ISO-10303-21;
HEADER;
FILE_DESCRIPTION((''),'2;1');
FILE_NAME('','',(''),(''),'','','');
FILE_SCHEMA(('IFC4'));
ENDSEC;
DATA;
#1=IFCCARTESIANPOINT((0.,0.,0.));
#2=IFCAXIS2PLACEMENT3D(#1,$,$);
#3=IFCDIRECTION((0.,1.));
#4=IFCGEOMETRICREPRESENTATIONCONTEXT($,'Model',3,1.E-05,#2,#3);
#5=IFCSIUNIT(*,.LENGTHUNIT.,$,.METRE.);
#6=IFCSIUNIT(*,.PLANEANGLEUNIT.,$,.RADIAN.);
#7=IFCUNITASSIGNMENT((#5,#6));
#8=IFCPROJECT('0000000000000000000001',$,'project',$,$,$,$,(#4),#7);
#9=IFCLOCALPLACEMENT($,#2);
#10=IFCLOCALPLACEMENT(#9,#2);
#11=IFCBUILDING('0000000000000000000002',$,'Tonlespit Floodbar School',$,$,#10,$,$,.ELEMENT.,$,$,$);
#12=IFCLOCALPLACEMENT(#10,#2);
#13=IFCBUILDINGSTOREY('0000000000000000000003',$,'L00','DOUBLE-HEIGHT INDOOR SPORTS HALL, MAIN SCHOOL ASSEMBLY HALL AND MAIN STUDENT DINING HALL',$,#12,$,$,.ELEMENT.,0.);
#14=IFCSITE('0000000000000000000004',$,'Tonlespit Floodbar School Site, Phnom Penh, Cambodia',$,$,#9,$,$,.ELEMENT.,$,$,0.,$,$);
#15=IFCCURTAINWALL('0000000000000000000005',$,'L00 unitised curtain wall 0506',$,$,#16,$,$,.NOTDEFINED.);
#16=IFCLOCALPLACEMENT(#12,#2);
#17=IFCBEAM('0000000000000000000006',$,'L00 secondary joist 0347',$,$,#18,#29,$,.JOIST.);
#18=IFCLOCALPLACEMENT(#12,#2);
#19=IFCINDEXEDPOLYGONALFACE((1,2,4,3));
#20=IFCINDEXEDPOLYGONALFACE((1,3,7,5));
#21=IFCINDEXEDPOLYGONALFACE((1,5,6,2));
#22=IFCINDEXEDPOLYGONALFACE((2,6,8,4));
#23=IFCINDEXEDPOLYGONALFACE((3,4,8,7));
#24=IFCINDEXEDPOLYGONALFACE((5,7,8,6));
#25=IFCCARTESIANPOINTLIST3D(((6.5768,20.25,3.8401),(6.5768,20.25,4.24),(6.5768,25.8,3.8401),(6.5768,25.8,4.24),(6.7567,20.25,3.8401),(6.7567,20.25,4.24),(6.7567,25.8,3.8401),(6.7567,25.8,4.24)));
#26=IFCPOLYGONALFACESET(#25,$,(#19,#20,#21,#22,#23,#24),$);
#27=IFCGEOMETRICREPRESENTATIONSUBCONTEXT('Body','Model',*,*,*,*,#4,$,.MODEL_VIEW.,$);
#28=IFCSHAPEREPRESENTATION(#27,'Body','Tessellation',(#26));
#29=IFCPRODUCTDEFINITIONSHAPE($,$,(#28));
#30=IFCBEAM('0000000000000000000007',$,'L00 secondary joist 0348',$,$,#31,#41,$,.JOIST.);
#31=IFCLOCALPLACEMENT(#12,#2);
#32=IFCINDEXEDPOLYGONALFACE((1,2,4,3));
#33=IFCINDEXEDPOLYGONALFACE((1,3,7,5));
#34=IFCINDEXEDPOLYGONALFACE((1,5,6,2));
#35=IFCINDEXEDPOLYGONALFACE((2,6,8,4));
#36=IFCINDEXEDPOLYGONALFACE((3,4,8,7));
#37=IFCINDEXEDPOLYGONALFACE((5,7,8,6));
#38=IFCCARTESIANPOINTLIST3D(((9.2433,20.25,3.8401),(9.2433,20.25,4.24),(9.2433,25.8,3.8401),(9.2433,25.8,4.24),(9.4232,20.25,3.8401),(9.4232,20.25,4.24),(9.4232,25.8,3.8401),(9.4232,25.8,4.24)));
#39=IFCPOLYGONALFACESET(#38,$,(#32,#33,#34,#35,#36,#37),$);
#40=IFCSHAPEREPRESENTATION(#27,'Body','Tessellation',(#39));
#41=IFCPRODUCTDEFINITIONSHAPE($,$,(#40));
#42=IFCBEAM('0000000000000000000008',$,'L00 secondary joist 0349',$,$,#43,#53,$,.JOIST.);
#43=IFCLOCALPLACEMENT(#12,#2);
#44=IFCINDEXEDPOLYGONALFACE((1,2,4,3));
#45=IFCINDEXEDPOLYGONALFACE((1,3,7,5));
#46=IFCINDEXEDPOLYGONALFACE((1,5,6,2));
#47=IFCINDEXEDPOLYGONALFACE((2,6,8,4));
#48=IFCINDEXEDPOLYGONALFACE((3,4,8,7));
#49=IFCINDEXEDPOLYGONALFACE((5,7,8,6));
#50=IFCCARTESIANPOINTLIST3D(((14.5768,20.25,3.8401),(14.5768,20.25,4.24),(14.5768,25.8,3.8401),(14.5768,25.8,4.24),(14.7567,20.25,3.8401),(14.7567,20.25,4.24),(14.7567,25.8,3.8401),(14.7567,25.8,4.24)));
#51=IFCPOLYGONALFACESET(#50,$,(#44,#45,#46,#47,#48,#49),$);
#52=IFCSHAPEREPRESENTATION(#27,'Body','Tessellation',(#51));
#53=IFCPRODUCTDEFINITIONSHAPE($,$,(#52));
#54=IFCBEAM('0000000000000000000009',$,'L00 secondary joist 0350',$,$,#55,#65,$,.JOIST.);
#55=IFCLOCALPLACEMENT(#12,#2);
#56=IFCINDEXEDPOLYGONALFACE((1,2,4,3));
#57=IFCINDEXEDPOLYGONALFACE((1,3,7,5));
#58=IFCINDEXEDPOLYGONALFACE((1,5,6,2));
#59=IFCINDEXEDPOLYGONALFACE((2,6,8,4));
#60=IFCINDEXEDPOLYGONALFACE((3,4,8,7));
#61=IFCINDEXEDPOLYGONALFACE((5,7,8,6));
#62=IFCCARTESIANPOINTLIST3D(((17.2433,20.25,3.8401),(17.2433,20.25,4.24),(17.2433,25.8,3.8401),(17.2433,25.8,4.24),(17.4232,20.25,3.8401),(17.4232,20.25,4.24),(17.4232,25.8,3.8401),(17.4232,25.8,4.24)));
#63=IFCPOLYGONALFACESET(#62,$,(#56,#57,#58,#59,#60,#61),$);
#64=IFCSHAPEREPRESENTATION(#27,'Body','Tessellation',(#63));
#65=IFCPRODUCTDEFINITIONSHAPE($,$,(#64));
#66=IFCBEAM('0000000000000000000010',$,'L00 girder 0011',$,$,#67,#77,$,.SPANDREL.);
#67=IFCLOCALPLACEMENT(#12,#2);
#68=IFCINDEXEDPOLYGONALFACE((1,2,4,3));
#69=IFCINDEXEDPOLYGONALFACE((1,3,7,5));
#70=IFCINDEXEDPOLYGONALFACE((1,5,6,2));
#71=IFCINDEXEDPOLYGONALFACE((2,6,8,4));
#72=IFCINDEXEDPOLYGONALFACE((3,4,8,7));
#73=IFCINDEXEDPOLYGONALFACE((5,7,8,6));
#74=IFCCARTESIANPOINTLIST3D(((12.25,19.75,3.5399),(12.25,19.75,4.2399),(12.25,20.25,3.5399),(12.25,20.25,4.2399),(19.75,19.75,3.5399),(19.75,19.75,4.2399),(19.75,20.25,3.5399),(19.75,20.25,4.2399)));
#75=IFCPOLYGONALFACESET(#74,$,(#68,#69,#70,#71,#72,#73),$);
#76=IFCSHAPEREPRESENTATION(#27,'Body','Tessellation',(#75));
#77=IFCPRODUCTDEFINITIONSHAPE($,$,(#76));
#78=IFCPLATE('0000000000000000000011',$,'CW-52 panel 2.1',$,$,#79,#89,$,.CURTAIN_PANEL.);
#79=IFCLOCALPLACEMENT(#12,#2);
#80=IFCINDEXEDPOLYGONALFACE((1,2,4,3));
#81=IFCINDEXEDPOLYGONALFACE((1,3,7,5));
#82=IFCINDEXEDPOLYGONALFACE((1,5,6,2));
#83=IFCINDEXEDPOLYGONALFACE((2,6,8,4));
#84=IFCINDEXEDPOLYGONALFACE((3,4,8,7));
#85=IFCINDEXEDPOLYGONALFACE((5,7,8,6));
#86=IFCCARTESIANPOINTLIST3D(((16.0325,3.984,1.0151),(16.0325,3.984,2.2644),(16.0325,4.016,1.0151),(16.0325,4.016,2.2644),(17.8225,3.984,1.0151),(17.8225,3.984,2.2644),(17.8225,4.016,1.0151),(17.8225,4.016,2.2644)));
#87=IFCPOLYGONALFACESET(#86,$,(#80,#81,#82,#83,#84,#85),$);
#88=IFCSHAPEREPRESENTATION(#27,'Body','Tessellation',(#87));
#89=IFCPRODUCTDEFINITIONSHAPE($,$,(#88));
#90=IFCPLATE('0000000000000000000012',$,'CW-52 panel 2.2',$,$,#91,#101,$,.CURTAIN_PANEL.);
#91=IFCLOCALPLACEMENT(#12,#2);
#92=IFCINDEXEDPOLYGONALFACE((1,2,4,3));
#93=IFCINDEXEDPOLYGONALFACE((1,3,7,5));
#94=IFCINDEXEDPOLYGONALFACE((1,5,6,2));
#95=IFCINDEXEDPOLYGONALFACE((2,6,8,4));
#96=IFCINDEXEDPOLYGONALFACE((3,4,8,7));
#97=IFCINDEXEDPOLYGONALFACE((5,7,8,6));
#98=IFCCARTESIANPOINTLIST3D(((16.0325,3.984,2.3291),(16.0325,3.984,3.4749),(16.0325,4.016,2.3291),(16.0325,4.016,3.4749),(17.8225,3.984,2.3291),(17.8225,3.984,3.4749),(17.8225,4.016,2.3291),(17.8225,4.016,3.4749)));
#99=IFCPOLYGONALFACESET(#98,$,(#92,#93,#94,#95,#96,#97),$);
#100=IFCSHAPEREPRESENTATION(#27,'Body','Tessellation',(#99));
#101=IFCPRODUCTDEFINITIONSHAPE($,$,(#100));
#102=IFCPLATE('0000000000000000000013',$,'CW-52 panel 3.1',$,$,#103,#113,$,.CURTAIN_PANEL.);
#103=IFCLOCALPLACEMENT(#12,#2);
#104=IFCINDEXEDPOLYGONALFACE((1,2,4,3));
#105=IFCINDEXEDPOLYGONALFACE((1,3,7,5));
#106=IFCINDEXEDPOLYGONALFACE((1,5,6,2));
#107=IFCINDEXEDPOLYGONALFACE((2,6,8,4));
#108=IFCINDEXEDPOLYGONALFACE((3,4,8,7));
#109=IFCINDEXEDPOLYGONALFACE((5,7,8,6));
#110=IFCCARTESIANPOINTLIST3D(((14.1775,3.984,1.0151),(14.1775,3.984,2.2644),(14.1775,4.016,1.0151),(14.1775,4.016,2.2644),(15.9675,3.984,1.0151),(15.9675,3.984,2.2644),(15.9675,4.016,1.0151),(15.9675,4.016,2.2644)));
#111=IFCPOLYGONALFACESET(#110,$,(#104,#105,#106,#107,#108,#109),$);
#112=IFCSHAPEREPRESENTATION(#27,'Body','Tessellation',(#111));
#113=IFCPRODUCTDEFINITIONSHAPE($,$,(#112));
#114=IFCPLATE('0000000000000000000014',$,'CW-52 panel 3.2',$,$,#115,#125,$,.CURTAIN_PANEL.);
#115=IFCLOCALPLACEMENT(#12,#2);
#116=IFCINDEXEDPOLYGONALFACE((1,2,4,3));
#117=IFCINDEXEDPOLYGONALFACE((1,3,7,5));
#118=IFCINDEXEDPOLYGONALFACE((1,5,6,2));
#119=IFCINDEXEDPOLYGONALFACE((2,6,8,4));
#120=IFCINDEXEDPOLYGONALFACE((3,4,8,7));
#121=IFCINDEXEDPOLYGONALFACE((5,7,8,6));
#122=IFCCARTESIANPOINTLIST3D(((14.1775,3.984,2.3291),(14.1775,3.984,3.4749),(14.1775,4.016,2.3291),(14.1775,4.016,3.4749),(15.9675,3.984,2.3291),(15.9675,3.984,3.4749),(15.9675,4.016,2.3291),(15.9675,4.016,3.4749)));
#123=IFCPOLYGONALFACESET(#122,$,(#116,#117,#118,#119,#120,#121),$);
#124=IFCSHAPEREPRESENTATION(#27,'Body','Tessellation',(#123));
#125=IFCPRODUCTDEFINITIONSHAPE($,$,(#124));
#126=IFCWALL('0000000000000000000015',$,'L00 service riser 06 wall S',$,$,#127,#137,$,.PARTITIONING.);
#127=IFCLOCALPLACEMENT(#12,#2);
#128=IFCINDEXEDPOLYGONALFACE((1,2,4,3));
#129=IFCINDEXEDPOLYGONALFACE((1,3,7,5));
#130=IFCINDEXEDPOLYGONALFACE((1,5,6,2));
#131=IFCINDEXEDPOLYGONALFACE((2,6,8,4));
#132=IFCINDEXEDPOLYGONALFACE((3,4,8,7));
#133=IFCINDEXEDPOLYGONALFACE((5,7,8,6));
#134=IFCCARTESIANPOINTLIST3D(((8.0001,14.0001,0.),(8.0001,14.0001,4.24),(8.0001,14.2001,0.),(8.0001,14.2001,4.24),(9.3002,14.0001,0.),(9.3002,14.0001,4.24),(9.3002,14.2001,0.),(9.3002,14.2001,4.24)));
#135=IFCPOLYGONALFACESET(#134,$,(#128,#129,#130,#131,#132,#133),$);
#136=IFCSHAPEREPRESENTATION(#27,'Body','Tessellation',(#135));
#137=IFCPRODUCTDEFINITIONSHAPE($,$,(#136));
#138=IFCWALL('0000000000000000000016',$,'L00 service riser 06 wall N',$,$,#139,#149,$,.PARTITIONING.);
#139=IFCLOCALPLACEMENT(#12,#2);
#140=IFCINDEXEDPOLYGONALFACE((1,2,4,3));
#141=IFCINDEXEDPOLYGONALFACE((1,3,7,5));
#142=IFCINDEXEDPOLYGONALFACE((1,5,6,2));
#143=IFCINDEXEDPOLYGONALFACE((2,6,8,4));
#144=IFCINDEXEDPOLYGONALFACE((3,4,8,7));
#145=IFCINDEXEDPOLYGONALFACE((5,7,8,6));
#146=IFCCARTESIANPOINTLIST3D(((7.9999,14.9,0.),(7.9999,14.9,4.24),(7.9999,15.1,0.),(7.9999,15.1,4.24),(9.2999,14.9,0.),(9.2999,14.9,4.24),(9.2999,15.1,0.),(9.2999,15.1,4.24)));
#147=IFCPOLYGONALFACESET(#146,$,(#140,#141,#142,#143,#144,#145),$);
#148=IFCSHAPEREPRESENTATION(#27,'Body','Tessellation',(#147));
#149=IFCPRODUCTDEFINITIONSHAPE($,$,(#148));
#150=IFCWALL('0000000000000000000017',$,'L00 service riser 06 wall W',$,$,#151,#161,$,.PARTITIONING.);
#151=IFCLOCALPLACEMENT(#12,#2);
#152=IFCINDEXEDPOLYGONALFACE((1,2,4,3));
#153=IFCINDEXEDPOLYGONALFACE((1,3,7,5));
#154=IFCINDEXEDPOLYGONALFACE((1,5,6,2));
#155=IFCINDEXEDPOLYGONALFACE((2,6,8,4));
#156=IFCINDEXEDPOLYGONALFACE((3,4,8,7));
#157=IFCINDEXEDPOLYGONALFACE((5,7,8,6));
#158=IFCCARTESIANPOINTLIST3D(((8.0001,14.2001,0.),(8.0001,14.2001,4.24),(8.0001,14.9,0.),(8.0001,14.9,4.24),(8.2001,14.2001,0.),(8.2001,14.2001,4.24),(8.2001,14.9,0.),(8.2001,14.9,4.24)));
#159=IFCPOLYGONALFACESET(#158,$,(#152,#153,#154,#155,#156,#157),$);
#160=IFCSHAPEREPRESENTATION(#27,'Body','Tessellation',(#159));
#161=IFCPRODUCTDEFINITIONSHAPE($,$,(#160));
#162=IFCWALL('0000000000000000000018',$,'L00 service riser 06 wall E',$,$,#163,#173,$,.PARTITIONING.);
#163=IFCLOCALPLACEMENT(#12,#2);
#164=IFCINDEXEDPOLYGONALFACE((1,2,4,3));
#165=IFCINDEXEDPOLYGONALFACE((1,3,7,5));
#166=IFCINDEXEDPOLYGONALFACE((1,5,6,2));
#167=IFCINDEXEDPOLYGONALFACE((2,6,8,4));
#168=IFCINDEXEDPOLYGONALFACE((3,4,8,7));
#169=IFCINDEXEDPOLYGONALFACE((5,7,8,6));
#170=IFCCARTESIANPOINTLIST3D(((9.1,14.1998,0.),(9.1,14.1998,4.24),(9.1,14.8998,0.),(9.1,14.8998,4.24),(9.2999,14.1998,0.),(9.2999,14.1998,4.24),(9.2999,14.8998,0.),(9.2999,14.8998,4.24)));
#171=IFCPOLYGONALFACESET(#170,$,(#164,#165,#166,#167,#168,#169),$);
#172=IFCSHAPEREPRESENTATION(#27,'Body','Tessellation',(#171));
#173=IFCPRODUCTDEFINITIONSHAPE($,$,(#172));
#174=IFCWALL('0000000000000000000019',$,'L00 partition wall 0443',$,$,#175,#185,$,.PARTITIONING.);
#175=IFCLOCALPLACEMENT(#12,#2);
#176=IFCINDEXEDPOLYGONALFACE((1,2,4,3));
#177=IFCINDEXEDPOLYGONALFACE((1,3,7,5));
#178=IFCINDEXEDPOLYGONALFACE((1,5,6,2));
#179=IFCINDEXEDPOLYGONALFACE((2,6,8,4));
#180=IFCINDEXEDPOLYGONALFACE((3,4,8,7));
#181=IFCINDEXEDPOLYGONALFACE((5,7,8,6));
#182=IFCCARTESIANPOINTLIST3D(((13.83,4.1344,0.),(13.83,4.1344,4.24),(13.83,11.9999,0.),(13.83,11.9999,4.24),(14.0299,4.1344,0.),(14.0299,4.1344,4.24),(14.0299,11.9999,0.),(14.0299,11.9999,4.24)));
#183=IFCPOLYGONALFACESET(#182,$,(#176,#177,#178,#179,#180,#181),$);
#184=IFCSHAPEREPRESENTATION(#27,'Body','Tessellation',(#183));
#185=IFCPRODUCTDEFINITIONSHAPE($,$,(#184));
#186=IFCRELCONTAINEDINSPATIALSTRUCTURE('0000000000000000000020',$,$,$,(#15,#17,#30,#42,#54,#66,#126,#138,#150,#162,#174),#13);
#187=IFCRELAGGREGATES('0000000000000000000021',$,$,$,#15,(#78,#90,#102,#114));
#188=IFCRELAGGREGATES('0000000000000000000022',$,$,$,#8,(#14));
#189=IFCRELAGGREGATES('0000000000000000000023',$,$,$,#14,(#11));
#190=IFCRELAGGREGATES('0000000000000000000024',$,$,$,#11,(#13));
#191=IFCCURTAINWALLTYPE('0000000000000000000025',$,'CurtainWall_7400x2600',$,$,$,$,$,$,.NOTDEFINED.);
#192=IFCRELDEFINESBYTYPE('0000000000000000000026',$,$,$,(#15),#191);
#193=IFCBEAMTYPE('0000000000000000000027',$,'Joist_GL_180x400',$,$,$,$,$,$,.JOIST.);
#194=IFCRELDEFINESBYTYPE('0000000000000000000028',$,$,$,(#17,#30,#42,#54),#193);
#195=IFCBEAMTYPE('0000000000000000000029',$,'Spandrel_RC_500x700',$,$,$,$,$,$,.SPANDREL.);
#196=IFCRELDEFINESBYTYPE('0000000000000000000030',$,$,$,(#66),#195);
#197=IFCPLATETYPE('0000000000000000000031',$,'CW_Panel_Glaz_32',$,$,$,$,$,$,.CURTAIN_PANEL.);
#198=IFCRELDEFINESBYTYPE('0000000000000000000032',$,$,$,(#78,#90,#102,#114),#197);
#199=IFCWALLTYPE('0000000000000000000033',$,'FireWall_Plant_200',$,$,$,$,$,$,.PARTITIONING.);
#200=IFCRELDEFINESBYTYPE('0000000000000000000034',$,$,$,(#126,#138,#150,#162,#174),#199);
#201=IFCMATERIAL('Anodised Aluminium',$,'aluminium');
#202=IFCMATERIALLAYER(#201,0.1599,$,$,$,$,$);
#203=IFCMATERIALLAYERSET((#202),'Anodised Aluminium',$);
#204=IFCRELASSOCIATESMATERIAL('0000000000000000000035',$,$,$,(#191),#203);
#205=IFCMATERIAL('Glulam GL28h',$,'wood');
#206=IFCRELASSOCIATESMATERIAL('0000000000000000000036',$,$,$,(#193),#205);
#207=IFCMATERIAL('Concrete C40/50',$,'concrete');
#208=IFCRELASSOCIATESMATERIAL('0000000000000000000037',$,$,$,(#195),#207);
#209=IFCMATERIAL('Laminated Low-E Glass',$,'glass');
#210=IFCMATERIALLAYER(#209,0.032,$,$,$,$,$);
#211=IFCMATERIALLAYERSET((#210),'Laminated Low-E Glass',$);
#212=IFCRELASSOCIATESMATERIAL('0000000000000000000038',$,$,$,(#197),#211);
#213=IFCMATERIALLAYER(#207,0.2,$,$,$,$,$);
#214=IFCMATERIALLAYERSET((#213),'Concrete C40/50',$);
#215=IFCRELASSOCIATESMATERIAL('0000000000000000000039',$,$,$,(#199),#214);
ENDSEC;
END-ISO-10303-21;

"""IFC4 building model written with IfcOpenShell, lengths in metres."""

from ifc_helpers import new_model, si_unit, direction, frame, frame_2d, origin, origin_2d, place, context, subcontext, project, spatial, rectangle, extrude, material, layer, layer_set, material_profile, profile_set, type_object, element, aggregate, save


model = new_model("IFC4")

# Units and contexts
model_context = context("Model", 3, precision=1e-05, world=origin(), true_north=direction((0.0, 1.0)))
body_context = subcontext(model_context, "Body", "Model", "MODEL_VIEW")
ifc_project = project(units=[si_unit("LENGTHUNIT", "METRE"), si_unit("PLANEANGLEUNIT", "RADIAN")], contexts=[model_context])

# Site, building, storey
site_placement = place(None, origin())
site = spatial("IfcSite", under=ifc_project, at=site_placement, Name="Tonlespit Floodbar School Site, Phnom Penh, Cambodia", CompositionType="ELEMENT", RefElevation=0.0)
building_placement = place(site_placement, origin())
building = spatial("IfcBuilding", under=site, at=building_placement, Name="Tonlespit Floodbar School", CompositionType="ELEMENT")
storey_placement = place(building_placement, origin())
storey = spatial("IfcBuildingStorey", under=building, at=storey_placement, Name="L00", Description="DOUBLE-HEIGHT INDOOR SPORTS HALL, MAIN SCHOOL ASSEMBLY HALL AND MAIN STUDENT DINING HALL", CompositionType="ELEMENT", Elevation=0.0)

# Shared definitions
ifc_material_1 = material(Name="Concrete C40/50", Category="concrete")

# Curtain wall
ifc_material_2 = material(Name="Anodised Aluminium", Category="aluminium")
ifc_layer_1 = layer(ifc_material_2, 0.1599)
ifc_layer_set_1 = layer_set([ifc_layer_1], Name="Anodised Aluminium")
curtain_wall_type = type_object("IfcCurtainWallType", Name="CurtainWall_7400x2600", PredefinedType="NOTDEFINED", material=ifc_layer_set_1)
curtain_wall_placement = place(storey_placement, origin())
curtain_wall = element("IfcCurtainWall", 1, at=curtain_wall_placement, inside=storey, type_object=curtain_wall_type, Name="L00 unitised curtain wall 0506", PredefinedType="NOTDEFINED")

# Beams
ifc_material_3 = material(Name="Glulam GL28h", Category="wood")
ifc_material_profile_1 = material_profile(ifc_material_3, rectangle(XDim=0.1799, YDim=0.3999, at=origin_2d()), Name="GL 180x400")
ifc_profile_set_1 = profile_set([ifc_material_profile_1], Name="Glulam GL28h")
beam_type_1 = type_object("IfcBeamType", Name="Joist_GL_180x400", PredefinedType="JOIST", material=ifc_profile_set_1)
for number, where, z_axis, x_axis, name in (
    (2, (6.6667, 20.25, 4.04), (0.0, 1.0, 0.0), (-1.0, 0.0, 0.0), "L00 secondary joist 0347"),
    (3, (9.3333, 20.25, 4.04), (0.0, 1.0, 0.0), (-1.0, 0.0, 0.0), "L00 secondary joist 0348"),
    (4, (14.6667, 20.25, 4.04), (0.0, 1.0, 0.0), (-1.0, 0.0, 0.0), "L00 secondary joist 0349"),
    (5, (17.3333, 20.25, 4.04), (0.0, 1.0, 0.0), (-1.0, 0.0, 0.0), "L00 secondary joist 0350"),
):
    element("IfcBeam", number, at=place(storey_placement, frame(where, z_axis=z_axis, x_axis=x_axis)), inside=storey, type_object=beam_type_1, Name=name, PredefinedType="JOIST", context=body_context, shape_type="SweptSolid", body=[
        extrude(rectangle(XDim=0.1799, YDim=0.3999, at=origin_2d()), origin(), (0.0, 0.0, 1.0), 5.55),
    ])
ifc_material_profile_2 = material_profile(ifc_material_1, rectangle(XDim=0.5, YDim=0.7, at=origin_2d()), Name="RC 500x700")
ifc_profile_set_2 = profile_set([ifc_material_profile_2], Name="Concrete C40/50")
beam_type_2 = type_object("IfcBeamType", Name="Spandrel_RC_500x700", PredefinedType="SPANDREL", material=ifc_profile_set_2)
beam_1_placement = place(storey_placement, frame((12.25, 20.0, 3.8899), z_axis=(1.0, 0.0, 0.0), x_axis=(0.0, 1.0, 0.0)))
element("IfcBeam", 6, at=beam_1_placement, inside=storey, type_object=beam_type_2, Name="L00 girder 0011", PredefinedType="SPANDREL", context=body_context, shape_type="SweptSolid", body=[
    extrude(rectangle(XDim=0.5, YDim=0.7, at=origin_2d()), origin(), (0.0, 0.0, 1.0), 7.5),
])

# Plates
ifc_material_4 = material(Name="Laminated Low-E Glass", Category="glass")
ifc_layer_2 = layer(ifc_material_4, 0.032)
ifc_layer_set_2 = layer_set([ifc_layer_2], Name="Laminated Low-E Glass")
plate_type = type_object("IfcPlateType", Name="CW_Panel_Glaz_32", PredefinedType="CURTAIN_PANEL", material=ifc_layer_set_2)
plate_1_placement = place(storey_placement, frame((16.9275, 4.0, 1.0151), z_axis=(0.0, 0.0, 1.0), x_axis=(-1.0, 0.0, 0.0)))
plate_1 = element("IfcPlate", 7, at=plate_1_placement, type_object=plate_type, Name="CW-52 panel 2.1", PredefinedType="CURTAIN_PANEL", context=body_context, shape_type="SweptSolid", body=[
    extrude(rectangle(XDim=1.79, YDim=0.032, at=origin_2d()), origin(), (0.0, 0.0, 1.0), 1.2493),
])
plate_2_placement = place(storey_placement, frame((16.9275, 4.0, 2.3291), z_axis=(0.0, 0.0, 1.0), x_axis=(-1.0, 0.0, 0.0)))
plate_2 = element("IfcPlate", 8, at=plate_2_placement, type_object=plate_type, Name="CW-52 panel 2.2", PredefinedType="CURTAIN_PANEL", context=body_context, shape_type="SweptSolid", body=[
    extrude(rectangle(XDim=1.79, YDim=0.032, at=origin_2d()), origin(), (0.0, 0.0, 1.0), 1.1458),
])
plate_3_placement = place(storey_placement, frame((15.0725, 4.0, 1.0151), z_axis=(0.0, 0.0, 1.0), x_axis=(-1.0, 0.0, 0.0)))
plate_3 = element("IfcPlate", 9, at=plate_3_placement, type_object=plate_type, Name="CW-52 panel 3.1", PredefinedType="CURTAIN_PANEL", context=body_context, shape_type="SweptSolid", body=[
    extrude(rectangle(XDim=1.79, YDim=0.032, at=origin_2d()), origin(), (0.0, 0.0, 1.0), 1.2493),
])
plate_4_placement = place(storey_placement, frame((15.0725, 4.0, 2.3291), z_axis=(0.0, 0.0, 1.0), x_axis=(-1.0, 0.0, 0.0)))
plate_4 = element("IfcPlate", 10, at=plate_4_placement, type_object=plate_type, Name="CW-52 panel 3.2", PredefinedType="CURTAIN_PANEL", context=body_context, shape_type="SweptSolid", body=[
    extrude(rectangle(XDim=1.79, YDim=0.032, at=origin_2d()), origin(), (0.0, 0.0, 1.0), 1.1458),
])
aggregate(curtain_wall, [plate_1, plate_2, plate_3, plate_4])

# Walls
ifc_layer_3 = layer(ifc_material_1, 0.2)
ifc_layer_set_3 = layer_set([ifc_layer_3], Name="Concrete C40/50")
wall_type_1 = type_object("IfcWallType", Name="FireWall_Plant_200", PredefinedType="PARTITIONING", material=ifc_layer_set_3)
for number, where, z_axis, x_axis, name in (
    (11, (9.3, 14.1001, 0.0), (0.0, 0.0, 1.0), (-1.0, 0.0, 0.0), "L00 service riser 06 wall S"),
    (12, (8.0, 15.0, 0.0), (0.0, 0.0, 1.0), (1.0, 0.0, 0.0), "L00 service riser 06 wall N"),
):
    element("IfcWall", number, at=place(storey_placement, frame(where, z_axis=z_axis, x_axis=x_axis)), inside=storey, type_object=wall_type_1, Name=name, PredefinedType="PARTITIONING", context=body_context, shape_type="SweptSolid", body=[
        extrude(rectangle(XDim=1.3, YDim=0.2, at=frame_2d((0.6499, 0.0))), origin(), (0.0, 0.0, 1.0), 4.24),
    ])
for number, where, z_axis, x_axis, name in (
    (13, (8.1001, 14.2, 0.0), (0.0, 0.0, 1.0), (0.0, 1.0, 0.0), "L00 service riser 06 wall W"),
    (14, (9.2, 14.8999, 0.0), (0.0, 0.0, 1.0), (0.0, -1.0, 0.0), "L00 service riser 06 wall E"),
):
    element("IfcWall", number, at=place(storey_placement, frame(where, z_axis=z_axis, x_axis=x_axis)), inside=storey, type_object=wall_type_1, Name=name, PredefinedType="PARTITIONING", context=body_context, shape_type="SweptSolid", body=[
        extrude(rectangle(XDim=0.7, YDim=0.2, at=frame_2d((0.3501, 0.0))), origin(), (0.0, 0.0, 1.0), 4.24),
    ])
wall_1_placement = place(storey_placement, frame((13.9299, 4.1345, 0.0), z_axis=(0.0, 0.0, 1.0), x_axis=(0.0, 1.0, 0.0)))
element("IfcWall", 15, at=wall_1_placement, inside=storey, type_object=wall_type_1, Name="L00 partition wall 0443", PredefinedType="PARTITIONING", context=body_context, shape_type="SweptSolid", body=[
    extrude(rectangle(XDim=7.8655, YDim=0.2, at=frame_2d((3.9326, 0.0))), origin(), (0.0, 0.0, 1.0), 4.24),
])

save(model, "model.ifc")
